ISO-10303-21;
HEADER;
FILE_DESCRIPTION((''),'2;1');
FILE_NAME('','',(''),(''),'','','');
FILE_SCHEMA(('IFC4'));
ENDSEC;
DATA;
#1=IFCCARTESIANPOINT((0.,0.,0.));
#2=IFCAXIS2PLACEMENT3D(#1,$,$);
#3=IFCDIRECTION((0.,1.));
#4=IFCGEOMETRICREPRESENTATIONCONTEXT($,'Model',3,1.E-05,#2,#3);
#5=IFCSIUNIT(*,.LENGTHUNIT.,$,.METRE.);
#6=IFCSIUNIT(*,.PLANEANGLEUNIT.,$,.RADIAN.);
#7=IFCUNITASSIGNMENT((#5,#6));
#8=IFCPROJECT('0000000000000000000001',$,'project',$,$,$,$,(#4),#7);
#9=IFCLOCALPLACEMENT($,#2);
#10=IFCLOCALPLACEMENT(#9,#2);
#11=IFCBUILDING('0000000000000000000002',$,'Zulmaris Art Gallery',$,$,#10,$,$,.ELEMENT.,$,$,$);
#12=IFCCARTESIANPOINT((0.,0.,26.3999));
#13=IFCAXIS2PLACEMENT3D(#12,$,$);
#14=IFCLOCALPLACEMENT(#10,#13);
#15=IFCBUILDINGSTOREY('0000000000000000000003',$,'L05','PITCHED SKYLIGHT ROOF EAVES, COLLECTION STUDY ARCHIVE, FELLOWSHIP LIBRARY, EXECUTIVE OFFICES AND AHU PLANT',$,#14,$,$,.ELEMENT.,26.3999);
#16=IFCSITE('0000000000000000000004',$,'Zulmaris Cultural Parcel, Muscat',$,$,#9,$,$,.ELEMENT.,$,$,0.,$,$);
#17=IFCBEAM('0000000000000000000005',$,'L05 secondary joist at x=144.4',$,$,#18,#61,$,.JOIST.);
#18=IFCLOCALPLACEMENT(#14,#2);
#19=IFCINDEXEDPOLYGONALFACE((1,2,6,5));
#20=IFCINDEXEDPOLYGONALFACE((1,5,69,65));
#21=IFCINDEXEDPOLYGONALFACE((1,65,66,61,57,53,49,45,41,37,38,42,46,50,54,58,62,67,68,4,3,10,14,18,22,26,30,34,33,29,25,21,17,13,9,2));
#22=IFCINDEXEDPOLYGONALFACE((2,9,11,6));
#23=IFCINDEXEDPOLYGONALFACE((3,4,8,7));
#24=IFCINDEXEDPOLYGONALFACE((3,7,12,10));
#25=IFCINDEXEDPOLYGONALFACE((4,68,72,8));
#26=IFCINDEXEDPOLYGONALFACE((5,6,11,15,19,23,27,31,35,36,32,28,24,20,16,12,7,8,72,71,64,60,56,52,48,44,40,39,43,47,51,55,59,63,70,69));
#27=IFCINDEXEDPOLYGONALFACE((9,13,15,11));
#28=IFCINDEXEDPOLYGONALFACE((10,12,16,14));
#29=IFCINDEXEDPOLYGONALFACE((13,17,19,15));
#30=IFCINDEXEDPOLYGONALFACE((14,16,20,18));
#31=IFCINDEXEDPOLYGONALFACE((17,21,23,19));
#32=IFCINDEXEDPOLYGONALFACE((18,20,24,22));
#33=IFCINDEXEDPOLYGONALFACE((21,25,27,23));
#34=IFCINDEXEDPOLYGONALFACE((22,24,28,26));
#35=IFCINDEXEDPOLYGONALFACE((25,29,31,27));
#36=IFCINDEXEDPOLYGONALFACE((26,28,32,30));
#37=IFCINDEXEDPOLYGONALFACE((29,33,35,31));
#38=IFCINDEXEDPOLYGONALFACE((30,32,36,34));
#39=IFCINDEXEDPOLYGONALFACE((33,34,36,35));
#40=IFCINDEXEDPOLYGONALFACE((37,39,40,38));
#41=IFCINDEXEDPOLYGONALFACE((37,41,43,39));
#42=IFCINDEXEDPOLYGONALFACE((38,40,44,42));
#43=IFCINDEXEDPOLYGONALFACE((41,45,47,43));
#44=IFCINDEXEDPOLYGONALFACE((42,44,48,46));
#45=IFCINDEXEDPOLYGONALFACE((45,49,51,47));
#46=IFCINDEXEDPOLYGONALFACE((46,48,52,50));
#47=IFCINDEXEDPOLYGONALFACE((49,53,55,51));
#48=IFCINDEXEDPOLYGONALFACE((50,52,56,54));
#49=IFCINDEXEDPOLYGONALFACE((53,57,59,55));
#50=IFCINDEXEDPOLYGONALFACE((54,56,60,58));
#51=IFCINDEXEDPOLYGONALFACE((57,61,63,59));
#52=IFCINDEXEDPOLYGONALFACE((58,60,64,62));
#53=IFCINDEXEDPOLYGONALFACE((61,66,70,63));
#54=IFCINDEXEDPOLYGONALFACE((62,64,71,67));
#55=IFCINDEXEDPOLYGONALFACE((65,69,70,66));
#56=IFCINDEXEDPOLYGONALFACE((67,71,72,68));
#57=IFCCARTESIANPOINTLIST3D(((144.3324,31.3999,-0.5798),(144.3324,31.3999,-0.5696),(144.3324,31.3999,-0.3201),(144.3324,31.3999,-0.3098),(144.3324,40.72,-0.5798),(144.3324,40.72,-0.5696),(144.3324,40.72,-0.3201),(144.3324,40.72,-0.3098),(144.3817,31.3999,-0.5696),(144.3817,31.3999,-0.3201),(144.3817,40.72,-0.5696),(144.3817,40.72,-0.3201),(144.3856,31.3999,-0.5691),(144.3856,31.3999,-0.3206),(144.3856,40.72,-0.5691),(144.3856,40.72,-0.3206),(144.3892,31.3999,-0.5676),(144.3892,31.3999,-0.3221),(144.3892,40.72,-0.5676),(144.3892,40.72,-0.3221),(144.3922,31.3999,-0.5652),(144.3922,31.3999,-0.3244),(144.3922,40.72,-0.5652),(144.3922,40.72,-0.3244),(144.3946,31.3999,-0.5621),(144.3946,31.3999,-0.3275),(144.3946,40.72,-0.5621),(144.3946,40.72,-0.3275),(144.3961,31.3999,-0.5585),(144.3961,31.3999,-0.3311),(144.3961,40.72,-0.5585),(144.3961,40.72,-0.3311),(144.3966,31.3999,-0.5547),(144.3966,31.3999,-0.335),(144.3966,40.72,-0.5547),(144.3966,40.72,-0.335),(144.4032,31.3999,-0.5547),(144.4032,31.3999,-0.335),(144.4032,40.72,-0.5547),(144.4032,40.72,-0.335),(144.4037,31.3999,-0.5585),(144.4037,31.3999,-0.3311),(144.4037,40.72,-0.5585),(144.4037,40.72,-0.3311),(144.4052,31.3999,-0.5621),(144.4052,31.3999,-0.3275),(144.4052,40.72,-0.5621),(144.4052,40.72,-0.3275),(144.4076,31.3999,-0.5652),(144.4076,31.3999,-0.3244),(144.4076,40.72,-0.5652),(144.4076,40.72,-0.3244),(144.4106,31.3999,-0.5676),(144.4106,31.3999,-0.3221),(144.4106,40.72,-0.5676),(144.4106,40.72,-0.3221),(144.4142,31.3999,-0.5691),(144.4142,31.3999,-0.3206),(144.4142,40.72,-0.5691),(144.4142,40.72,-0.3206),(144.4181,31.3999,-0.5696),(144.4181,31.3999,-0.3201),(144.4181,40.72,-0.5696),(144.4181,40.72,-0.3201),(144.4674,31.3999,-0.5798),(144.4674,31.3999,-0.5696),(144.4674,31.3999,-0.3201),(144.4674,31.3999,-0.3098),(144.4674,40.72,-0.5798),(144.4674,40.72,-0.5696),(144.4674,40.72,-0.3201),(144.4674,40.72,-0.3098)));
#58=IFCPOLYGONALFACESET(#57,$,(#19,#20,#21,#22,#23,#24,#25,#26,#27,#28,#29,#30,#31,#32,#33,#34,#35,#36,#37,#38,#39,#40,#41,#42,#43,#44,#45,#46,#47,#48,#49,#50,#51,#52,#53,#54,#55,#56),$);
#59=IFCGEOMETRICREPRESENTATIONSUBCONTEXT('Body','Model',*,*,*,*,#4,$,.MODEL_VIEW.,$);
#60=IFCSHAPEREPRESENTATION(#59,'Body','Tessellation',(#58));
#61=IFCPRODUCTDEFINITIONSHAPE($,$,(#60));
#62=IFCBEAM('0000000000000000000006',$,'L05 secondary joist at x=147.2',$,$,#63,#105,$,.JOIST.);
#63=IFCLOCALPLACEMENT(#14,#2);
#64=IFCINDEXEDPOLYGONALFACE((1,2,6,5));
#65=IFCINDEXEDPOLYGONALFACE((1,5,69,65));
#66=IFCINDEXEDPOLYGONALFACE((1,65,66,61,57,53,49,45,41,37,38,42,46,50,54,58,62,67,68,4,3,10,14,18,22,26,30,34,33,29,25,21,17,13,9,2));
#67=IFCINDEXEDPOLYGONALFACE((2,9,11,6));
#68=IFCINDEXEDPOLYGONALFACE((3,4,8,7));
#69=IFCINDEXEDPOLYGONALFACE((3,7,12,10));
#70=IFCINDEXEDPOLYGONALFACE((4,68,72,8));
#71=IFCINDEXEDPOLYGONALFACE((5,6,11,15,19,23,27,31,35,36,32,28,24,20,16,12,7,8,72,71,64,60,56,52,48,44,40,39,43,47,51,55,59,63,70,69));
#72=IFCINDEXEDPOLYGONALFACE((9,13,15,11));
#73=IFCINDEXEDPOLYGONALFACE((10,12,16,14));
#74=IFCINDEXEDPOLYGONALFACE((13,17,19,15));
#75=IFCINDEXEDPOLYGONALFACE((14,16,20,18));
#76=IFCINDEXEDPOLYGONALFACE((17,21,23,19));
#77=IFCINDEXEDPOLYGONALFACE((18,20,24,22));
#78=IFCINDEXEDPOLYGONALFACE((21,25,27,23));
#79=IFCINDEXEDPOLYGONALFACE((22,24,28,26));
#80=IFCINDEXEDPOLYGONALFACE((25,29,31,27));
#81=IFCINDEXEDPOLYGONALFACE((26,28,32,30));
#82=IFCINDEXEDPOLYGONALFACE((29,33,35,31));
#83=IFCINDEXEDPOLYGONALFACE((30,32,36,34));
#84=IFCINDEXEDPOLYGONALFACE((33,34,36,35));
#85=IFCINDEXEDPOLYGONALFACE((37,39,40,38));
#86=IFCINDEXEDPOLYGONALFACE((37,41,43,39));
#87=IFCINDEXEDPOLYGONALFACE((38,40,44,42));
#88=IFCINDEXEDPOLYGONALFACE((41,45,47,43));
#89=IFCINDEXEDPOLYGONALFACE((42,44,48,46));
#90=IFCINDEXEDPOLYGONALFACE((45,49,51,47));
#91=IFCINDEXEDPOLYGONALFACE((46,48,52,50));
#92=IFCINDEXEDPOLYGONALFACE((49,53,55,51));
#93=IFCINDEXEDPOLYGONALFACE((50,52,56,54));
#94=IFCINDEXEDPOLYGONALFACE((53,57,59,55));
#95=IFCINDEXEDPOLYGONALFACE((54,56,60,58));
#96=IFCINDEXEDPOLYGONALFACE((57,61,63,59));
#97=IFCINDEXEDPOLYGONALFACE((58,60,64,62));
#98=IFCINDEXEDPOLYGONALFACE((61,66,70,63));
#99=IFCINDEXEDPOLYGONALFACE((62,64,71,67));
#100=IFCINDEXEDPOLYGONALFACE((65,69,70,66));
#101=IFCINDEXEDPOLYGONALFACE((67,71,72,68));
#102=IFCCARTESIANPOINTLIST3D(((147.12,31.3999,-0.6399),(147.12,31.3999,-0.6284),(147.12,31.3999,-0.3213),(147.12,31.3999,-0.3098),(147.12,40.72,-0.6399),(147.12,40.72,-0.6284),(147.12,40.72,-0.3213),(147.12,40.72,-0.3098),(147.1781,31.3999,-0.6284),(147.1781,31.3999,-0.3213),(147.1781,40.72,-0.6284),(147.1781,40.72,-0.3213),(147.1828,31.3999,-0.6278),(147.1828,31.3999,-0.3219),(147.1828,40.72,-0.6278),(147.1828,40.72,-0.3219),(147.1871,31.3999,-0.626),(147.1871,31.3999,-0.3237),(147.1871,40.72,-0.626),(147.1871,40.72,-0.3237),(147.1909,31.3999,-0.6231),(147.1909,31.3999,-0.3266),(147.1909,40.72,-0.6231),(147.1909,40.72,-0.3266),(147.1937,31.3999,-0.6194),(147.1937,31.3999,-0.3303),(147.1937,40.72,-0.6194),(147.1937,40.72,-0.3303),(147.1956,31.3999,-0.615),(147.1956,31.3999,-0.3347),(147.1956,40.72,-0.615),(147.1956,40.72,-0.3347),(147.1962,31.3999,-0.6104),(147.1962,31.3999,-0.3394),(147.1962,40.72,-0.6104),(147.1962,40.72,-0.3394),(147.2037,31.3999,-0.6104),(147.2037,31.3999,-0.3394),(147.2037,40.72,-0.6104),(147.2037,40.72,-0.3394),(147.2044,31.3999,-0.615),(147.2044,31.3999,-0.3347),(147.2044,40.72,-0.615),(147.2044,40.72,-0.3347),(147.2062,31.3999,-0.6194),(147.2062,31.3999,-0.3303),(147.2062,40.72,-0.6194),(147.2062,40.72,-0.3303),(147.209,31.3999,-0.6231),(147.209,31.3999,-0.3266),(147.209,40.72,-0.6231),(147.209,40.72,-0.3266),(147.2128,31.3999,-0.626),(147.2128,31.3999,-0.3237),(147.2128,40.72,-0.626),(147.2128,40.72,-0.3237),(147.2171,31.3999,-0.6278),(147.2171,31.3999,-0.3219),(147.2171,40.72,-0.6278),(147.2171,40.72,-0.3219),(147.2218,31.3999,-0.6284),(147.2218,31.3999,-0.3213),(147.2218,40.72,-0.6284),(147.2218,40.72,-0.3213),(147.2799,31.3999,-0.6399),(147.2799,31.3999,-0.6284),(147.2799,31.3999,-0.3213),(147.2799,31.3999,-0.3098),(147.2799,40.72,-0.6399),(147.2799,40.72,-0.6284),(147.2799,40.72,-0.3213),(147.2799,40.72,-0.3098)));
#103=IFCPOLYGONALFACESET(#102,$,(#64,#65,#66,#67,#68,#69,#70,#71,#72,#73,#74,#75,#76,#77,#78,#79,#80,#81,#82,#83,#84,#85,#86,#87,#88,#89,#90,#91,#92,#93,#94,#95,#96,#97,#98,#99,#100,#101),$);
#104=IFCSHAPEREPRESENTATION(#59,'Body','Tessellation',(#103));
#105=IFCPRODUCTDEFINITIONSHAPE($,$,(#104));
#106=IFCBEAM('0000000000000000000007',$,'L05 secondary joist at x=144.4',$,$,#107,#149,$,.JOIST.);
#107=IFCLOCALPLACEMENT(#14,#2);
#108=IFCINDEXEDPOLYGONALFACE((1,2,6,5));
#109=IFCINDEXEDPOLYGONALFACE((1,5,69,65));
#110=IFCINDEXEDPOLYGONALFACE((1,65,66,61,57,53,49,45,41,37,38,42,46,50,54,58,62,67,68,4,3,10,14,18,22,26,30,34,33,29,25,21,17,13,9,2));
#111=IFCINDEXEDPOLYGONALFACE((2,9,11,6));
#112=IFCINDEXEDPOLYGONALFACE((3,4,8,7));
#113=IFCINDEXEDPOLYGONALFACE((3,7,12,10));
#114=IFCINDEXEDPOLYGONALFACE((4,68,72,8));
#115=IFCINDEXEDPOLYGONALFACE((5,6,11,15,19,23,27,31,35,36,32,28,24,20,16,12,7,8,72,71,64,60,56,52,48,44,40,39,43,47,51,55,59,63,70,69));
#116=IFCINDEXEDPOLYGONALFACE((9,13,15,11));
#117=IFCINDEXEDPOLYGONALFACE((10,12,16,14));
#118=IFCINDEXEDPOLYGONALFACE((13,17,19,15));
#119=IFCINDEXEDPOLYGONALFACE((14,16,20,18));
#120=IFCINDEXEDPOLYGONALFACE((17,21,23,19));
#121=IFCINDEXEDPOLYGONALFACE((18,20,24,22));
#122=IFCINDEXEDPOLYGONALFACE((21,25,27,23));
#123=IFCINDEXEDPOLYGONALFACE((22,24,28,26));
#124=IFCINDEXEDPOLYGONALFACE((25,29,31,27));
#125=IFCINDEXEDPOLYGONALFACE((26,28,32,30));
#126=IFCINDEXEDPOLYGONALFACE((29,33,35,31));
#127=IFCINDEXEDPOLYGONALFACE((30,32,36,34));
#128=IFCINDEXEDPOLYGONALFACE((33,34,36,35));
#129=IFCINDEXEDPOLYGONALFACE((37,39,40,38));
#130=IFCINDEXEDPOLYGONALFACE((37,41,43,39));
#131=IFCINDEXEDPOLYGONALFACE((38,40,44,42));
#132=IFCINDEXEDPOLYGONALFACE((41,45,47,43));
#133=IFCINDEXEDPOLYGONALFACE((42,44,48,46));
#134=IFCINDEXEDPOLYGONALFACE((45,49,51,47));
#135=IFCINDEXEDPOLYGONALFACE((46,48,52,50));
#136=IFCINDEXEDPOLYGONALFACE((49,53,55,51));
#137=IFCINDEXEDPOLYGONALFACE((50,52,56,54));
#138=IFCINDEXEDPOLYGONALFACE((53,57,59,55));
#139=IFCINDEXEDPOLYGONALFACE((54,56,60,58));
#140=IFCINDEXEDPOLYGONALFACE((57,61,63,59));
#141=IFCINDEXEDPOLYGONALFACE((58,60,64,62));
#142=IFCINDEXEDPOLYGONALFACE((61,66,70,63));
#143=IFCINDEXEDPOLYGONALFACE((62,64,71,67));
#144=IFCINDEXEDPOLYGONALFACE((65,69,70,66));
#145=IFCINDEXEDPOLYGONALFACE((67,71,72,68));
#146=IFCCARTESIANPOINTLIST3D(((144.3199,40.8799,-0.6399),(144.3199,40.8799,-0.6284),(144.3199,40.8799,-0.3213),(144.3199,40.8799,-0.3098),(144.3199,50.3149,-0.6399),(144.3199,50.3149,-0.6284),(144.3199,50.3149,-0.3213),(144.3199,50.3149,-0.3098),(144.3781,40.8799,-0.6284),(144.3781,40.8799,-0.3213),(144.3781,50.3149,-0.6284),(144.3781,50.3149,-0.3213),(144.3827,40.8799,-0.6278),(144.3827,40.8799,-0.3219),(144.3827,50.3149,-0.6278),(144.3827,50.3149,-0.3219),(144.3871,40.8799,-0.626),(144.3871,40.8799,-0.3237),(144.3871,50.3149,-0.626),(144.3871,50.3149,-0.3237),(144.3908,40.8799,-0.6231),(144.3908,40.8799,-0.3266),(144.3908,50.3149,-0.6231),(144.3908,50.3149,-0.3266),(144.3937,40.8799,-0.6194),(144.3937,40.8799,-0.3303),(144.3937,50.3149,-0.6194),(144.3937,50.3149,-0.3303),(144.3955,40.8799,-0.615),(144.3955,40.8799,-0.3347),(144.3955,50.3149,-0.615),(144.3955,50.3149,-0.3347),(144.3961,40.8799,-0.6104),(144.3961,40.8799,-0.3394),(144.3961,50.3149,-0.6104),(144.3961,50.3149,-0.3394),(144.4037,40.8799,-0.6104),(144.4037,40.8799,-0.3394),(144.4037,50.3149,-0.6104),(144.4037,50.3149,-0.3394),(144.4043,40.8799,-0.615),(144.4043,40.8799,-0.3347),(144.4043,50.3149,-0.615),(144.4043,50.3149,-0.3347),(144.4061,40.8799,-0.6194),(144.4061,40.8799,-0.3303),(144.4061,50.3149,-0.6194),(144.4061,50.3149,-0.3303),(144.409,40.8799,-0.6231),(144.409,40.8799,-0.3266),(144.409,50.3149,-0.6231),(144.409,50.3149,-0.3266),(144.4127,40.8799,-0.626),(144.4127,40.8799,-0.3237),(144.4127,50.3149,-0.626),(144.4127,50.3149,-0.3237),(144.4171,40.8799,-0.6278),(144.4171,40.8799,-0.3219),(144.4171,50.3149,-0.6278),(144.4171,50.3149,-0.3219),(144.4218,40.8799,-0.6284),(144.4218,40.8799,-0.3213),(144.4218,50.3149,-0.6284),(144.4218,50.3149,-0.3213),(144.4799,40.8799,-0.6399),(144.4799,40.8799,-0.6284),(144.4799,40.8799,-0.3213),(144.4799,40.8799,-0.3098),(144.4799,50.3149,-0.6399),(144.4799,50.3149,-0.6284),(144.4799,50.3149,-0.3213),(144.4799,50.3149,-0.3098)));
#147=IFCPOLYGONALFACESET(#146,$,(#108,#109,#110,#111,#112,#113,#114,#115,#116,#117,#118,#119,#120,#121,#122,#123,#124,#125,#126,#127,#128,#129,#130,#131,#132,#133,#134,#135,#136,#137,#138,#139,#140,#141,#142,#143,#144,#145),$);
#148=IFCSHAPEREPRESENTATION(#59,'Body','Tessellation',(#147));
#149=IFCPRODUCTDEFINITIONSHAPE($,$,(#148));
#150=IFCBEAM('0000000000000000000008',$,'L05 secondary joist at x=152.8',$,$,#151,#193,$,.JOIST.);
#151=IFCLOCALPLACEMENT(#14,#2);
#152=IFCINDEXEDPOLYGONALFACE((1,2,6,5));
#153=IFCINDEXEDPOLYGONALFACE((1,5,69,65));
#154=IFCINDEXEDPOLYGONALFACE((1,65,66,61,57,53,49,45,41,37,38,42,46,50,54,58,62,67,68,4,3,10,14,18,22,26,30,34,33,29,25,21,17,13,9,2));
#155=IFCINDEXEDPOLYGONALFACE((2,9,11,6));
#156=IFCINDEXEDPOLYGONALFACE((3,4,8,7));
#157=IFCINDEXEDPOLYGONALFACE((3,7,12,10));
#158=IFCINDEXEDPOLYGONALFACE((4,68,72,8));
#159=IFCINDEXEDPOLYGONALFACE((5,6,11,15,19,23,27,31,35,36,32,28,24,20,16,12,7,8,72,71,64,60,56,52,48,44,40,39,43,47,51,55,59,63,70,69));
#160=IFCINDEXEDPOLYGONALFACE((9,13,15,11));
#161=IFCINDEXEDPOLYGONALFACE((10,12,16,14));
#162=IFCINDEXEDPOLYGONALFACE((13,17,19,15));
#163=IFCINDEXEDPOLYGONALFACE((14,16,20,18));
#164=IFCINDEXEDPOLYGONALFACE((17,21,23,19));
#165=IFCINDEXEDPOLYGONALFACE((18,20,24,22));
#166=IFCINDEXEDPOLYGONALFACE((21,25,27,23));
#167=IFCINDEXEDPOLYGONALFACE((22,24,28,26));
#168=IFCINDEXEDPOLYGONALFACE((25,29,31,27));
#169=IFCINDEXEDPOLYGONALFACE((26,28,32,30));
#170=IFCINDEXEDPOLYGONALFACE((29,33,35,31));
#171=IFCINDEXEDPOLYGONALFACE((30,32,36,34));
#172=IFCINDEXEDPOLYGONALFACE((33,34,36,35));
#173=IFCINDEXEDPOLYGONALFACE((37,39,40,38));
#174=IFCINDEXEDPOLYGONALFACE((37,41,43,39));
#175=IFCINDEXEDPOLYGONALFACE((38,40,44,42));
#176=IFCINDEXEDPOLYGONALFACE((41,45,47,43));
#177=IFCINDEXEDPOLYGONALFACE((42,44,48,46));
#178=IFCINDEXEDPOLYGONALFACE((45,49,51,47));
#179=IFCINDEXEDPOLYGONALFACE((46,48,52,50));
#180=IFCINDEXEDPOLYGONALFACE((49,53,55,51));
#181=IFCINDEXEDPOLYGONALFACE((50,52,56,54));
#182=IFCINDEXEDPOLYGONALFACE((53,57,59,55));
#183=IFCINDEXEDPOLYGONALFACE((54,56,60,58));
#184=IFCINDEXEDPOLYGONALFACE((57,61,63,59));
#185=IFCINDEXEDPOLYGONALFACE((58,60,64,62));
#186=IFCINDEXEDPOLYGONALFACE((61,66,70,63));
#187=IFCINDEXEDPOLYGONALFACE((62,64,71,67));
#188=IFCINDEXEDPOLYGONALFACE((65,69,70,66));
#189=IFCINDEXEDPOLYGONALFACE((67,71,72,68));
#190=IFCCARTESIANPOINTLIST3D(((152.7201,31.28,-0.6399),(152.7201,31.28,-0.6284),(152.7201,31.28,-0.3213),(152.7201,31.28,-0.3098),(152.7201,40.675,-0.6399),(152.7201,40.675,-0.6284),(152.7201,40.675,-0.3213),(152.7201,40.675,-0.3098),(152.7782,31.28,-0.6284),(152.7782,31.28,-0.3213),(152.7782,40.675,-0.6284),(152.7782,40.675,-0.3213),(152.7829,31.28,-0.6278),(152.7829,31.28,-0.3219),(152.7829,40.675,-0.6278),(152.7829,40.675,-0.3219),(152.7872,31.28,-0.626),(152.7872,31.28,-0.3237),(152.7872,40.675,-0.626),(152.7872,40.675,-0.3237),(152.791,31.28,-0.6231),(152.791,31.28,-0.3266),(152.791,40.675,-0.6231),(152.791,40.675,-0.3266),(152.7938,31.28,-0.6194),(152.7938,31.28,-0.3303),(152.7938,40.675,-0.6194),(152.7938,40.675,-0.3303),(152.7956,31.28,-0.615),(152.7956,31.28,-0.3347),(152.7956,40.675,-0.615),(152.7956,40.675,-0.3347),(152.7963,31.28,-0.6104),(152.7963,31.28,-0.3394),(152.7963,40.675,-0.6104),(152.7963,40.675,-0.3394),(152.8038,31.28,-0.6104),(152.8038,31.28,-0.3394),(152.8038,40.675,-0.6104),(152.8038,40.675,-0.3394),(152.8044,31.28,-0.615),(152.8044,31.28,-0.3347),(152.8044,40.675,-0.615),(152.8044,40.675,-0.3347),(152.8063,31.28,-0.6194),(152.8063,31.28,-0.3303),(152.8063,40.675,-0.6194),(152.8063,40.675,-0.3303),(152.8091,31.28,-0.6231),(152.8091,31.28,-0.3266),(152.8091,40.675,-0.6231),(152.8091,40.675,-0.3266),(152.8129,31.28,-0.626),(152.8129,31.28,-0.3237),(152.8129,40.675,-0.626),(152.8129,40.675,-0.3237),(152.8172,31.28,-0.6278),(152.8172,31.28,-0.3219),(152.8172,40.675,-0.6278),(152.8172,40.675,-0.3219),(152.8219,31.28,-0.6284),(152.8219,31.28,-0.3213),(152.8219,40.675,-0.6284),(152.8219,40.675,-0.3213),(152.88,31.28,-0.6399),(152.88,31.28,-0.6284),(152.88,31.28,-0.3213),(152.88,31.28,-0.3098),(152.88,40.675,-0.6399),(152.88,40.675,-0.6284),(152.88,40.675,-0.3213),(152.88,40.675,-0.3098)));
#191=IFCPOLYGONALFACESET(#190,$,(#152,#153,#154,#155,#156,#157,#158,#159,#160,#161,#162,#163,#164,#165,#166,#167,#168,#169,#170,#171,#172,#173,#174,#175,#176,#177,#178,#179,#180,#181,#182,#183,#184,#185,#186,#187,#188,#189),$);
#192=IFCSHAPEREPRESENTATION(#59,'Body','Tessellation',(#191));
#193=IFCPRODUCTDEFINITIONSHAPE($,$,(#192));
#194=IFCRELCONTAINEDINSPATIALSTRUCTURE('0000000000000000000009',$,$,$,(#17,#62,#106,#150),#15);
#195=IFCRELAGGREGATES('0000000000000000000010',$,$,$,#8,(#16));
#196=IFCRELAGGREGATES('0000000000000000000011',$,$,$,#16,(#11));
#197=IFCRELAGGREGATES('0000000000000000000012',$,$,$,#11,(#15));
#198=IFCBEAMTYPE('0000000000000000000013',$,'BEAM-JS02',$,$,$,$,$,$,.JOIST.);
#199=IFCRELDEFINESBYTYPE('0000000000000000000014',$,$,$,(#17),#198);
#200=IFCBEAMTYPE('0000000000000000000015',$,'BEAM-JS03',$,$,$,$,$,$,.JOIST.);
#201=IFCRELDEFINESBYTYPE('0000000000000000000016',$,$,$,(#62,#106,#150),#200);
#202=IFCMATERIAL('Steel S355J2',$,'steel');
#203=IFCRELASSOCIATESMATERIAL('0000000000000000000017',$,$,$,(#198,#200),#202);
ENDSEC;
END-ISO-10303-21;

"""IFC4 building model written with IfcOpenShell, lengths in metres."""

from ifc_helpers import new_model, si_unit, direction, frame, origin, origin_2d, place, context, subcontext, project, spatial, i_section, extrude, material, material_profile, profile_set, type_object, element, save


model = new_model("IFC4")

# Units and contexts
model_context = context("Model", 3, precision=1e-05, world=origin(), true_north=direction((0.0, 1.0)))
body_context = subcontext(model_context, "Body", "Model", "MODEL_VIEW")
ifc_project = project(units=[si_unit("LENGTHUNIT", "METRE"), si_unit("PLANEANGLEUNIT", "RADIAN")], contexts=[model_context])

# Site, building, storey
site_placement = place(None, origin())
site = spatial("IfcSite", under=ifc_project, at=site_placement, Name="Zulmaris Cultural Parcel, Muscat", CompositionType="ELEMENT", RefElevation=0.0)
building_placement = place(site_placement, origin())
building = spatial("IfcBuilding", under=site, at=building_placement, Name="Zulmaris Art Gallery", CompositionType="ELEMENT")
storey_placement = place(building_placement, frame((0.0, 0.0, 26.3999)))
storey = spatial("IfcBuildingStorey", under=building, at=storey_placement, Name="L05", Description="PITCHED SKYLIGHT ROOF EAVES, COLLECTION STUDY ARCHIVE, FELLOWSHIP LIBRARY, EXECUTIVE OFFICES AND AHU PLANT", CompositionType="ELEMENT", Elevation=26.3999)

# Beams
ifc_material_1 = material(Name="Steel S355J2", Category="steel")
ifc_material_profile_1 = material_profile(ifc_material_1, i_section(OverallWidth=0.135, OverallDepth=0.27, WebThickness=0.0066, FlangeThickness=0.0103, FilletRadius=0.0149, at=origin_2d()), Name="IPE 270")
ifc_profile_set_1 = profile_set([ifc_material_profile_1], Name="Steel S355J2")
beam_type_1 = type_object("IfcBeamType", Name="BEAM-JS02", PredefinedType="JOIST", material=ifc_profile_set_1)
beam_1_placement = place(storey_placement, frame((144.3999, 31.3999, -0.4448), z_axis=(0.0, 1.0, 0.0), x_axis=(-1.0, 0.0, 0.0)))
element("IfcBeam", 1, at=beam_1_placement, inside=storey, type_object=beam_type_1, Name="L05 secondary joist at x=144.4", PredefinedType="JOIST", context=body_context, shape_type="SweptSolid", body=[
    extrude(i_section(OverallWidth=0.135, OverallDepth=0.27, WebThickness=0.0066, FlangeThickness=0.0103, FilletRadius=0.0149, at=origin_2d()), origin(), (0.0, 0.0, 1.0), 9.3201),
])
ifc_material_profile_2 = material_profile(ifc_material_1, i_section(OverallWidth=0.1599, OverallDepth=0.3301, WebThickness=0.0076, FlangeThickness=0.0115, FilletRadius=0.0181, at=origin_2d()), Name="IPE 330")
ifc_profile_set_2 = profile_set([ifc_material_profile_2], Name="Steel S355J2")
beam_type_2 = type_object("IfcBeamType", Name="BEAM-JS03", PredefinedType="JOIST", material=ifc_profile_set_2)
beam_2_placement = place(storey_placement, frame((147.2, 31.3999, -0.4749), z_axis=(0.0, 1.0, 0.0), x_axis=(-1.0, 0.0, 0.0)))
element("IfcBeam", 2, at=beam_2_placement, inside=storey, type_object=beam_type_2, Name="L05 secondary joist at x=147.2", PredefinedType="JOIST", context=body_context, shape_type="SweptSolid", body=[
    extrude(i_section(OverallWidth=0.1599, OverallDepth=0.3301, WebThickness=0.0076, FlangeThickness=0.0115, FilletRadius=0.0181, at=origin_2d()), origin(), (0.0, 0.0, 1.0), 9.3201),
])
beam_3_placement = place(storey_placement, frame((144.3999, 40.8799, -0.4749), z_axis=(0.0, 1.0, 0.0), x_axis=(-1.0, 0.0, 0.0)))
element("IfcBeam", 3, at=beam_3_placement, inside=storey, type_object=beam_type_2, Name="L05 secondary joist at x=144.4", PredefinedType="JOIST", context=body_context, shape_type="SweptSolid", body=[
    extrude(i_section(OverallWidth=0.1599, OverallDepth=0.3301, WebThickness=0.0076, FlangeThickness=0.0115, FilletRadius=0.0181, at=origin_2d()), origin(), (0.0, 0.0, 1.0), 9.4351),
])
beam_4_placement = place(storey_placement, frame((152.8, 31.28, -0.4749), z_axis=(0.0, 1.0, 0.0), x_axis=(-1.0, 0.0, 0.0)))
element("IfcBeam", 4, at=beam_4_placement, inside=storey, type_object=beam_type_2, Name="L05 secondary joist at x=152.8", PredefinedType="JOIST", context=body_context, shape_type="SweptSolid", body=[
    extrude(i_section(OverallWidth=0.1599, OverallDepth=0.3301, WebThickness=0.0076, FlangeThickness=0.0115, FilletRadius=0.0181, at=origin_2d()), origin(), (0.0, 0.0, 1.0), 9.395),
])

save(model, "model.ifc")
